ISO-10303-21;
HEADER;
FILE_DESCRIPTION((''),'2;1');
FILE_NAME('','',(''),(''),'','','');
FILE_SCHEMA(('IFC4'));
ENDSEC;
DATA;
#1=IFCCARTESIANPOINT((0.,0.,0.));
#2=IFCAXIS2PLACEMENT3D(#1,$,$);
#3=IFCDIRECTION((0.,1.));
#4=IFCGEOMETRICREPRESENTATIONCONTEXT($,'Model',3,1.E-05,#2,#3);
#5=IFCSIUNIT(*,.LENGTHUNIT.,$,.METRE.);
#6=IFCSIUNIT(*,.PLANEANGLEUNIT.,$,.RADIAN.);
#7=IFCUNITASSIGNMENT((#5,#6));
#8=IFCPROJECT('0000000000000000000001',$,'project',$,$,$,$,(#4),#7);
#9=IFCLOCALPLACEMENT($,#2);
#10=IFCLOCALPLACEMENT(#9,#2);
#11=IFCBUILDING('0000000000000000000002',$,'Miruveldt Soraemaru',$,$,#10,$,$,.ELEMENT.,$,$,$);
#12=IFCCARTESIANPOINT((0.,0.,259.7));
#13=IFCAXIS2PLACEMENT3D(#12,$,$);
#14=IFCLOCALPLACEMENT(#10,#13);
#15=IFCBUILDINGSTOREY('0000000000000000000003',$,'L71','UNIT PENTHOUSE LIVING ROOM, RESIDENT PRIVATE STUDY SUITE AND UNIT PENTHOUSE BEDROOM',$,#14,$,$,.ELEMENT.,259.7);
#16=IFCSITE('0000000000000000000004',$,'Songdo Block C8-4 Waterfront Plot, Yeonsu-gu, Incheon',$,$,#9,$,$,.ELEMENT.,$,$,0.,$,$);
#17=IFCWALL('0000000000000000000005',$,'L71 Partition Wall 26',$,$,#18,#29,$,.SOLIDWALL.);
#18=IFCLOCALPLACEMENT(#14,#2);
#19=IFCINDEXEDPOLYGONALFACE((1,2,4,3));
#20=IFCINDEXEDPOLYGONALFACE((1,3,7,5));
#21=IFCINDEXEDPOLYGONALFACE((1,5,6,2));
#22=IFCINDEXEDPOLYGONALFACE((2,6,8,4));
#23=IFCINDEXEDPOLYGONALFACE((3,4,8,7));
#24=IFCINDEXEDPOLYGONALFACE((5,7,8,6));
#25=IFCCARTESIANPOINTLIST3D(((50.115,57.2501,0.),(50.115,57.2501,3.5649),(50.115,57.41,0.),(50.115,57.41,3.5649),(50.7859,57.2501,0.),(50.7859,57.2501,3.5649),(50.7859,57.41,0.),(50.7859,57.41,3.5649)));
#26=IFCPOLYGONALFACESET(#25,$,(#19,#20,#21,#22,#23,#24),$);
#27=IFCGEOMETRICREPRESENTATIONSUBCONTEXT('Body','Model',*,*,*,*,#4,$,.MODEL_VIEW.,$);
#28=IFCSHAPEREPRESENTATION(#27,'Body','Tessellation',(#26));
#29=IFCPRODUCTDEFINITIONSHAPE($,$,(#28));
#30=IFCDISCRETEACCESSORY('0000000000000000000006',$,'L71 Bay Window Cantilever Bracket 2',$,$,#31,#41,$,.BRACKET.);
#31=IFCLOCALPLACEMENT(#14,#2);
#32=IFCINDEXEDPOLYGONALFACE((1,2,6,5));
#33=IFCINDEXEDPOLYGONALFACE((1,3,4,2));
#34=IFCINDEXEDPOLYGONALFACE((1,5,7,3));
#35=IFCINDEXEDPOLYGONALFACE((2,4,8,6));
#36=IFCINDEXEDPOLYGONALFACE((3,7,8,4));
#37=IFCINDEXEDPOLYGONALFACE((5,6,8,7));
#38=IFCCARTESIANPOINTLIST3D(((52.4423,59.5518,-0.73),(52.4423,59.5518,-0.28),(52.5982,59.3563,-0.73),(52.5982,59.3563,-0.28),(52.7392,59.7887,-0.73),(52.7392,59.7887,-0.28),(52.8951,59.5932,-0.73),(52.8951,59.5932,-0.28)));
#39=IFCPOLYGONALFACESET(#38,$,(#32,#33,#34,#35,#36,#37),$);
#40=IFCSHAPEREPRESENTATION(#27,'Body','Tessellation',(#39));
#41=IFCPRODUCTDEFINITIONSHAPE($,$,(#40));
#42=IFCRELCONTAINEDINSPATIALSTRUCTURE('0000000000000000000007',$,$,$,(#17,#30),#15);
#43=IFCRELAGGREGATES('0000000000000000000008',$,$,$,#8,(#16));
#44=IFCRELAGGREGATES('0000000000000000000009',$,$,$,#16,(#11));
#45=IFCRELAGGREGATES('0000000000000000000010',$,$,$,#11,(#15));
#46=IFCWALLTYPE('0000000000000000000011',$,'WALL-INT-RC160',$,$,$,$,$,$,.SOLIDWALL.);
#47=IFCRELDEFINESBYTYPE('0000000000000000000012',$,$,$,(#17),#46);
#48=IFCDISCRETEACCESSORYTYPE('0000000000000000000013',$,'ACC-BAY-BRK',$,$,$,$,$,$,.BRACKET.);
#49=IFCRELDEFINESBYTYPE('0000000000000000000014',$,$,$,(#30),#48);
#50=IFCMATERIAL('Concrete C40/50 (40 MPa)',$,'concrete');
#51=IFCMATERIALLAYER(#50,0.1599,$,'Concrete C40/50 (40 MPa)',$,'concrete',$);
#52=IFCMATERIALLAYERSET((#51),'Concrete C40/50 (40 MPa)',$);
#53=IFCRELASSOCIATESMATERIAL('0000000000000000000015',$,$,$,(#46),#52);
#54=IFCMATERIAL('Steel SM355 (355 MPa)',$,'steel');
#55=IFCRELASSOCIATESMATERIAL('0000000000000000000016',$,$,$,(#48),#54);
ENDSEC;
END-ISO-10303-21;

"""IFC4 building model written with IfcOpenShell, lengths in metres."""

from ifc_helpers import new_model, si_unit, direction, frame, frame_2d, origin, origin_2d, place, context, subcontext, project, spatial, rectangle, extrude, material, layer, layer_set, type_object, element, save


model = new_model("IFC4")

# Units and contexts
model_context = context("Model", 3, precision=1e-05, world=origin(), true_north=direction((0.0, 1.0)))
body_context = subcontext(model_context, "Body", "Model", "MODEL_VIEW")
ifc_project = project(units=[si_unit("LENGTHUNIT", "METRE"), si_unit("PLANEANGLEUNIT", "RADIAN")], contexts=[model_context])

# Site, building, storey
site_placement = place(None, origin())
site = spatial("IfcSite", under=ifc_project, at=site_placement, Name="Songdo Block C8-4 Waterfront Plot, Yeonsu-gu, Incheon", CompositionType="ELEMENT", RefElevation=0.0)
building_placement = place(site_placement, origin())
building = spatial("IfcBuilding", under=site, at=building_placement, Name="Miruveldt Soraemaru", CompositionType="ELEMENT")
storey_placement = place(building_placement, frame((0.0, 0.0, 259.7)))
storey = spatial("IfcBuildingStorey", under=building, at=storey_placement, Name="L71", Description="UNIT PENTHOUSE LIVING ROOM, RESIDENT PRIVATE STUDY SUITE AND UNIT PENTHOUSE BEDROOM", CompositionType="ELEMENT", Elevation=259.7)

# Shared definitions
ifc_material_1 = material(Name="Steel SM355 (355 MPa)", Category="steel")

# Wall
ifc_material_2 = material(Name="Concrete C40/50 (40 MPa)", Category="concrete")
ifc_layer_1 = layer(ifc_material_2, 0.1599, Name="Concrete C40/50 (40 MPa)", Category="concrete")
ifc_layer_set_1 = layer_set([ifc_layer_1], Name="Concrete C40/50 (40 MPa)")
wall_type_1 = type_object("IfcWallType", Name="WALL-INT-RC160", PredefinedType="SOLIDWALL", material=ifc_layer_set_1)
wall_1_placement = place(storey_placement, frame((50.7859, 57.3301, 0.0), z_axis=(0.0, 0.0, 1.0), x_axis=(-1.0, 0.0, 0.0)))
element("IfcWall", 1, at=wall_1_placement, inside=storey, type_object=wall_type_1, Name="L71 Partition Wall 26", PredefinedType="SOLIDWALL", context=body_context, shape_type="SweptSolid", body=[
    extrude(rectangle(XDim=0.6709, YDim=0.1599, at=frame_2d((0.3354, 0.0))), origin(), (0.0, 0.0, 1.0), 3.5649),
])

# Discrete accessory
discrete_accessory_type = type_object("IfcDiscreteAccessoryType", Name="ACC-BAY-BRK", PredefinedType="BRACKET", material=ifc_material_1)
discrete_accessory_placement = place(storey_placement, frame((52.6687, 59.5725, -0.73), z_axis=(0.0, 0.0, 1.0), x_axis=(0.781738, 0.623607, 0.0)))
element("IfcDiscreteAccessory", 2, at=discrete_accessory_placement, inside=storey, type_object=discrete_accessory_type, Name="L71 Bay Window Cantilever Bracket 2", PredefinedType="BRACKET", context=body_context, shape_type="SweptSolid", body=[
    extrude(rectangle(XDim=0.3799, YDim=0.25, at=origin_2d()), origin(), (0.0, 0.0, 1.0), 0.45),
])

save(model, "model.ifc")
